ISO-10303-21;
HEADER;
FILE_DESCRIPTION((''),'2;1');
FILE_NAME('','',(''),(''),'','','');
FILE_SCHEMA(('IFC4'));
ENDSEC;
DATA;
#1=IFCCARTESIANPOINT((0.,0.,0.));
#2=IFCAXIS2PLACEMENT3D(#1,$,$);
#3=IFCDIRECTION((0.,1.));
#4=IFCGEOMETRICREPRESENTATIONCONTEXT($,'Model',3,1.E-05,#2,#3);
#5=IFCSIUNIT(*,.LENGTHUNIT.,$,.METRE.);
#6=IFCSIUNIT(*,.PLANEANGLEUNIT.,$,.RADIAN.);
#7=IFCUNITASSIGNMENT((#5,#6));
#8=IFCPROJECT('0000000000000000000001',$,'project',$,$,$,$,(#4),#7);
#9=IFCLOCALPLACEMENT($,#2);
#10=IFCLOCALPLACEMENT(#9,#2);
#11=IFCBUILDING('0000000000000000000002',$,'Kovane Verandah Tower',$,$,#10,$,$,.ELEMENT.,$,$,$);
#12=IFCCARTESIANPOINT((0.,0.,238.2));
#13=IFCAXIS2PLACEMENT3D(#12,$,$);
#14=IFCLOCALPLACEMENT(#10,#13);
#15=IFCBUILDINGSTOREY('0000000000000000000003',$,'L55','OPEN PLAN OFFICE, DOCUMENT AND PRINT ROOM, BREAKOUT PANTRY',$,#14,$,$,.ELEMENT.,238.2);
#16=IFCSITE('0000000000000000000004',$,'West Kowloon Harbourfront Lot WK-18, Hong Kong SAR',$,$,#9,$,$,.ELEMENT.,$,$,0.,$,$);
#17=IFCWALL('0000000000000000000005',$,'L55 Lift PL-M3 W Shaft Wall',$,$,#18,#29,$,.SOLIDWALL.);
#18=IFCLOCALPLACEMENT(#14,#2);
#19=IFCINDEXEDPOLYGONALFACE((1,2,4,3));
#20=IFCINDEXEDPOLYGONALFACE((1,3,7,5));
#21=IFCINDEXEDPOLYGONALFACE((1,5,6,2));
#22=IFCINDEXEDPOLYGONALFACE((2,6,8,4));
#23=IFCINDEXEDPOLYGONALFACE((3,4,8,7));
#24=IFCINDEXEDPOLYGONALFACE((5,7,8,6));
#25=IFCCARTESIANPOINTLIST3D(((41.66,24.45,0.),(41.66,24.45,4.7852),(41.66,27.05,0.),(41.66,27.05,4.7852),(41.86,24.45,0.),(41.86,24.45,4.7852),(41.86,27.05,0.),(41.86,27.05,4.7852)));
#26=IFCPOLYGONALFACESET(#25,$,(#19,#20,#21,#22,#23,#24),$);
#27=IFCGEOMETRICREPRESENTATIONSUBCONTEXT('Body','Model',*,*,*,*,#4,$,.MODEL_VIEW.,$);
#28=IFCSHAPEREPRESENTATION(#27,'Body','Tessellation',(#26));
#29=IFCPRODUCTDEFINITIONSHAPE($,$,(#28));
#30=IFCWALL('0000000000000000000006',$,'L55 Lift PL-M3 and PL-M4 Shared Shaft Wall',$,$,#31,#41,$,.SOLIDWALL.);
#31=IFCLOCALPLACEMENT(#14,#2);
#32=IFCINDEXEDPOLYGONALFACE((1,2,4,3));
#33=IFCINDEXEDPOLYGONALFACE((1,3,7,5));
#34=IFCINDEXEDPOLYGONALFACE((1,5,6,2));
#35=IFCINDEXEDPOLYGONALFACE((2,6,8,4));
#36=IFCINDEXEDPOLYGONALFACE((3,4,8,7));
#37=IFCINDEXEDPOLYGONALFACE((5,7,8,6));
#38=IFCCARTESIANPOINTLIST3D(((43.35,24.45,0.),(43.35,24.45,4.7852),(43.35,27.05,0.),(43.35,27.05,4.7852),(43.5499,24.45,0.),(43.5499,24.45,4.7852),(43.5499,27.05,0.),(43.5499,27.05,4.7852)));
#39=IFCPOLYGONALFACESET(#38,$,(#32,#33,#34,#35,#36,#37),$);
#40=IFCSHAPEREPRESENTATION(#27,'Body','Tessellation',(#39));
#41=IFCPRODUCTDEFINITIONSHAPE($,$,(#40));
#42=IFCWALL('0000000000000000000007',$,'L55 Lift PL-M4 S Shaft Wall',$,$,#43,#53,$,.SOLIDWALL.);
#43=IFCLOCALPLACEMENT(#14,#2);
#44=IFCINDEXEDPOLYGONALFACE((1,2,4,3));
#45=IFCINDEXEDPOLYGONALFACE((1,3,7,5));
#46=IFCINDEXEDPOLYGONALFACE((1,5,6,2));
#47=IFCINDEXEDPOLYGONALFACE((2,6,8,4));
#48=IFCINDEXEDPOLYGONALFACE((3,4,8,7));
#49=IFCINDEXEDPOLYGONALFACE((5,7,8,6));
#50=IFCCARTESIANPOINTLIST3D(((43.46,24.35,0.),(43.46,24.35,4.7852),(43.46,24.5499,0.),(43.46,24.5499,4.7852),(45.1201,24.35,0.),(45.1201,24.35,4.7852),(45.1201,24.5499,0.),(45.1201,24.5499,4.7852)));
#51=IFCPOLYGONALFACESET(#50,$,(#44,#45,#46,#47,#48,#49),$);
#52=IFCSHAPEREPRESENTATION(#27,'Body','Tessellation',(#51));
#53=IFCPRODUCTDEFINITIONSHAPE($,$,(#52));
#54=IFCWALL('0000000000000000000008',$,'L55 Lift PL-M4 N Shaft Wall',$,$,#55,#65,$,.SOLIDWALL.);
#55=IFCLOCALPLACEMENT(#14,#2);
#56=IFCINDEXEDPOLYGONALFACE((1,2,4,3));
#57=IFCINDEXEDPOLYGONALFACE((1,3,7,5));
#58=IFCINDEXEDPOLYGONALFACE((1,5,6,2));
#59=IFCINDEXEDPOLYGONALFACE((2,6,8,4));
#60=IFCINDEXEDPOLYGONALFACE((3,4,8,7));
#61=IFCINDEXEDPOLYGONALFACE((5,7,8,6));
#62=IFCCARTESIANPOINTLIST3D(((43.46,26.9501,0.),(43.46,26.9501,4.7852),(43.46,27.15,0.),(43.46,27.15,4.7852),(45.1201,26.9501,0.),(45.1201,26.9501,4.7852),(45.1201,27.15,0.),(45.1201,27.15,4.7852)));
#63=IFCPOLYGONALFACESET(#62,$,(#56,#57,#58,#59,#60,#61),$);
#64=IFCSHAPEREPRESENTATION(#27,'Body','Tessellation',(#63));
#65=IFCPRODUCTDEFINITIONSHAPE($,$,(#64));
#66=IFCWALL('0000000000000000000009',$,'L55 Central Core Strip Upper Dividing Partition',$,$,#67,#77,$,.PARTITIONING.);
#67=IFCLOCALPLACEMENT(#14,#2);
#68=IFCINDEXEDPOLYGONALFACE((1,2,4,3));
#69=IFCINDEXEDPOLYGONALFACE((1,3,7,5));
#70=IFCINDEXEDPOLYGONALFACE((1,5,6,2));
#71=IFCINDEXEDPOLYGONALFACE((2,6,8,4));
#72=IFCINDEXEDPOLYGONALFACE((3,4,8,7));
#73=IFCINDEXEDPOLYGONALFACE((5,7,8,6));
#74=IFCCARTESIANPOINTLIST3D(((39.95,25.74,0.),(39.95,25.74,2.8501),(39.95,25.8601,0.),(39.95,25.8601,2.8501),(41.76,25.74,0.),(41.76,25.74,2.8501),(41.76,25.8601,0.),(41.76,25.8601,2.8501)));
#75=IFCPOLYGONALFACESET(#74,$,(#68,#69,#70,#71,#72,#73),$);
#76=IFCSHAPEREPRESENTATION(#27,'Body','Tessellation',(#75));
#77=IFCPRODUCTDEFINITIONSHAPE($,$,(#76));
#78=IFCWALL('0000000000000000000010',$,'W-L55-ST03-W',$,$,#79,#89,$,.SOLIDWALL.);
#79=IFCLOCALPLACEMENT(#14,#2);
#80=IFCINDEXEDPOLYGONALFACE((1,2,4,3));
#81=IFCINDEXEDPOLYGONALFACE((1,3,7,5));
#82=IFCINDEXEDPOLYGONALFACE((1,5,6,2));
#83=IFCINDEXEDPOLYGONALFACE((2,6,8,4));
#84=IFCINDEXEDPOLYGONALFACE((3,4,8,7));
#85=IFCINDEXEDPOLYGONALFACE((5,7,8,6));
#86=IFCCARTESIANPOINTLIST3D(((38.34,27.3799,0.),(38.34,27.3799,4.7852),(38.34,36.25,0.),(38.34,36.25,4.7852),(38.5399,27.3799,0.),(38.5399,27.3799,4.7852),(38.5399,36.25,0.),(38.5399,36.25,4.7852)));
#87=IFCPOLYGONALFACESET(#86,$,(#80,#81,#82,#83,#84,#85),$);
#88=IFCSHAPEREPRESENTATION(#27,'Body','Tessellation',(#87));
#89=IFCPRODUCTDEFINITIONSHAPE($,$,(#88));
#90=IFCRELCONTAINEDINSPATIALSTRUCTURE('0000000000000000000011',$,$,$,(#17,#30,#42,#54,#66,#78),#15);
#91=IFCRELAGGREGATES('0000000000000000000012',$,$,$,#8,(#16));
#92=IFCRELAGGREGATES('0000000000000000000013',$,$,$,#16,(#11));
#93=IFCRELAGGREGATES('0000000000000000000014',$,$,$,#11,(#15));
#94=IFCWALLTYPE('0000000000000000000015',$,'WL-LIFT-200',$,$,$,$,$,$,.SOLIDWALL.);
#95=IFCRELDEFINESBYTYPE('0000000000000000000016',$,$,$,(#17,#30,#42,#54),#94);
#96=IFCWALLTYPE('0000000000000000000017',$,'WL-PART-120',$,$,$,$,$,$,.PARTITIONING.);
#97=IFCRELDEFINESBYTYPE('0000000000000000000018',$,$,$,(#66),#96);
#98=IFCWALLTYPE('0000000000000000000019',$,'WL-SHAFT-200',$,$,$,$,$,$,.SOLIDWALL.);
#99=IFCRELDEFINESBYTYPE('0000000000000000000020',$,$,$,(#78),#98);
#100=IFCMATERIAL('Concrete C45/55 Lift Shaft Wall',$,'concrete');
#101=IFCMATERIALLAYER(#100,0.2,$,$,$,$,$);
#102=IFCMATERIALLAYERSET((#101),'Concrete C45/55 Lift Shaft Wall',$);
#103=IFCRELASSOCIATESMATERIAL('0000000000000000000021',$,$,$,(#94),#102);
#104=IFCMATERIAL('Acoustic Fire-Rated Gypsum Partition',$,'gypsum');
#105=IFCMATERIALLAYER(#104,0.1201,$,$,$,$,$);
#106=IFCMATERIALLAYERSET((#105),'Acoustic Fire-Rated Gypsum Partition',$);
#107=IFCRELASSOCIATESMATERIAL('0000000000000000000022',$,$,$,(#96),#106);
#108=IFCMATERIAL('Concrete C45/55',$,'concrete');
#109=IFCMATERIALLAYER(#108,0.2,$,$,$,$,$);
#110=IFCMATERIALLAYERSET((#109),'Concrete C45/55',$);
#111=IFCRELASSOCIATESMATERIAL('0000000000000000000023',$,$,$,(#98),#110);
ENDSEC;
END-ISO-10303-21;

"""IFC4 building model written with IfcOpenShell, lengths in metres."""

from ifc_helpers import new_model, si_unit, direction, frame, frame_2d, origin, place, context, subcontext, project, spatial, rectangle, extrude, material, layer, layer_set, type_object, element, save


model = new_model("IFC4")

# Units and contexts
model_context = context("Model", 3, precision=1e-05, world=origin(), true_north=direction((0.0, 1.0)))
body_context = subcontext(model_context, "Body", "Model", "MODEL_VIEW")
ifc_project = project(units=[si_unit("LENGTHUNIT", "METRE"), si_unit("PLANEANGLEUNIT", "RADIAN")], contexts=[model_context])

# Site, building, storey
site_placement = place(None, origin())
site = spatial("IfcSite", under=ifc_project, at=site_placement, Name="West Kowloon Harbourfront Lot WK-18, Hong Kong SAR", CompositionType="ELEMENT", RefElevation=0.0)
building_placement = place(site_placement, origin())
building = spatial("IfcBuilding", under=site, at=building_placement, Name="Kovane Verandah Tower", CompositionType="ELEMENT")
storey_placement = place(building_placement, frame((0.0, 0.0, 238.2)))
storey = spatial("IfcBuildingStorey", under=building, at=storey_placement, Name="L55", Description="OPEN PLAN OFFICE, DOCUMENT AND PRINT ROOM, BREAKOUT PANTRY", CompositionType="ELEMENT", Elevation=238.2)

# Shared definitions
ifc_material_1 = material(Name="Concrete C45/55 Lift Shaft Wall", Category="concrete")
ifc_layer_1 = layer(ifc_material_1, 0.2)
ifc_layer_set_1 = layer_set([ifc_layer_1], Name="Concrete C45/55 Lift Shaft Wall")
wall_type_1 = type_object("IfcWallType", Name="WL-LIFT-200", PredefinedType="SOLIDWALL", material=ifc_layer_set_1)

# Walls
for number, where, z_axis, x_axis, name in (
    (1, (41.76, 27.05, 0.0), (0.0, 0.0, 1.0), (0.0, -1.0, 0.0), "L55 Lift PL-M3 W Shaft Wall"),
    (2, (43.45, 24.45, 0.0), (0.0, 0.0, 1.0), (0.0, 1.0, 0.0), "L55 Lift PL-M3 and PL-M4 Shared Shaft Wall"),
):
    element("IfcWall", number, at=place(storey_placement, frame(where, z_axis=z_axis, x_axis=x_axis)), inside=storey, type_object=wall_type_1, Name=name, PredefinedType="SOLIDWALL", context=body_context, shape_type="SweptSolid", body=[
        extrude(rectangle(XDim=2.6001, YDim=0.2, at=frame_2d((1.3, 0.0))), origin(), (0.0, 0.0, 1.0), 4.7852),
    ])
for number, where, z_axis, x_axis, name in (
    (3, (43.46, 24.45, 0.0), (0.0, 0.0, 1.0), (1.0, 0.0, 0.0), "L55 Lift PL-M4 S Shaft Wall"),
    (4, (45.1201, 27.05, 0.0), (0.0, 0.0, 1.0), (-1.0, 0.0, 0.0), "L55 Lift PL-M4 N Shaft Wall"),
):
    element("IfcWall", number, at=place(storey_placement, frame(where, z_axis=z_axis, x_axis=x_axis)), inside=storey, type_object=wall_type_1, Name=name, PredefinedType="SOLIDWALL", context=body_context, shape_type="SweptSolid", body=[
        extrude(rectangle(XDim=1.6602, YDim=0.2, at=frame_2d((0.8301, 0.0))), origin(), (0.0, 0.0, 1.0), 4.7852),
    ])
ifc_material_2 = material(Name="Acoustic Fire-Rated Gypsum Partition", Category="gypsum")
ifc_layer_2 = layer(ifc_material_2, 0.1201)
ifc_layer_set_2 = layer_set([ifc_layer_2], Name="Acoustic Fire-Rated Gypsum Partition")
wall_type_2 = type_object("IfcWallType", Name="WL-PART-120", PredefinedType="PARTITIONING", material=ifc_layer_set_2)
wall_1_placement = place(storey_placement, frame((39.95, 25.8, 0.0), z_axis=(0.0, 0.0, 1.0), x_axis=(1.0, 0.0, 0.0)))
element("IfcWall", 5, at=wall_1_placement, inside=storey, type_object=wall_type_2, Name="L55 Central Core Strip Upper Dividing Partition", PredefinedType="PARTITIONING", context=body_context, shape_type="SweptSolid", body=[
    extrude(rectangle(XDim=1.8101, YDim=0.1201, at=frame_2d((0.905, 0.0))), origin(), (0.0, 0.0, 1.0), 2.8501),
])
ifc_material_3 = material(Name="Concrete C45/55", Category="concrete")
ifc_layer_3 = layer(ifc_material_3, 0.2)
ifc_layer_set_3 = layer_set([ifc_layer_3], Name="Concrete C45/55")
wall_type_3 = type_object("IfcWallType", Name="WL-SHAFT-200", PredefinedType="SOLIDWALL", material=ifc_layer_set_3)
wall_2_placement = place(storey_placement, frame((38.4399, 27.3799, 0.0), z_axis=(0.0, 0.0, 1.0), x_axis=(0.0, 1.0, 0.0)))
element("IfcWall", 6, at=wall_2_placement, inside=storey, type_object=wall_type_3, Name="W-L55-ST03-W", PredefinedType="SOLIDWALL", context=body_context, shape_type="SweptSolid", body=[
    extrude(rectangle(XDim=8.8701, YDim=0.2, at=frame_2d((4.4351, 0.0))), origin(), (0.0, 0.0, 1.0), 4.7852),
])

save(model, "model.ifc")
